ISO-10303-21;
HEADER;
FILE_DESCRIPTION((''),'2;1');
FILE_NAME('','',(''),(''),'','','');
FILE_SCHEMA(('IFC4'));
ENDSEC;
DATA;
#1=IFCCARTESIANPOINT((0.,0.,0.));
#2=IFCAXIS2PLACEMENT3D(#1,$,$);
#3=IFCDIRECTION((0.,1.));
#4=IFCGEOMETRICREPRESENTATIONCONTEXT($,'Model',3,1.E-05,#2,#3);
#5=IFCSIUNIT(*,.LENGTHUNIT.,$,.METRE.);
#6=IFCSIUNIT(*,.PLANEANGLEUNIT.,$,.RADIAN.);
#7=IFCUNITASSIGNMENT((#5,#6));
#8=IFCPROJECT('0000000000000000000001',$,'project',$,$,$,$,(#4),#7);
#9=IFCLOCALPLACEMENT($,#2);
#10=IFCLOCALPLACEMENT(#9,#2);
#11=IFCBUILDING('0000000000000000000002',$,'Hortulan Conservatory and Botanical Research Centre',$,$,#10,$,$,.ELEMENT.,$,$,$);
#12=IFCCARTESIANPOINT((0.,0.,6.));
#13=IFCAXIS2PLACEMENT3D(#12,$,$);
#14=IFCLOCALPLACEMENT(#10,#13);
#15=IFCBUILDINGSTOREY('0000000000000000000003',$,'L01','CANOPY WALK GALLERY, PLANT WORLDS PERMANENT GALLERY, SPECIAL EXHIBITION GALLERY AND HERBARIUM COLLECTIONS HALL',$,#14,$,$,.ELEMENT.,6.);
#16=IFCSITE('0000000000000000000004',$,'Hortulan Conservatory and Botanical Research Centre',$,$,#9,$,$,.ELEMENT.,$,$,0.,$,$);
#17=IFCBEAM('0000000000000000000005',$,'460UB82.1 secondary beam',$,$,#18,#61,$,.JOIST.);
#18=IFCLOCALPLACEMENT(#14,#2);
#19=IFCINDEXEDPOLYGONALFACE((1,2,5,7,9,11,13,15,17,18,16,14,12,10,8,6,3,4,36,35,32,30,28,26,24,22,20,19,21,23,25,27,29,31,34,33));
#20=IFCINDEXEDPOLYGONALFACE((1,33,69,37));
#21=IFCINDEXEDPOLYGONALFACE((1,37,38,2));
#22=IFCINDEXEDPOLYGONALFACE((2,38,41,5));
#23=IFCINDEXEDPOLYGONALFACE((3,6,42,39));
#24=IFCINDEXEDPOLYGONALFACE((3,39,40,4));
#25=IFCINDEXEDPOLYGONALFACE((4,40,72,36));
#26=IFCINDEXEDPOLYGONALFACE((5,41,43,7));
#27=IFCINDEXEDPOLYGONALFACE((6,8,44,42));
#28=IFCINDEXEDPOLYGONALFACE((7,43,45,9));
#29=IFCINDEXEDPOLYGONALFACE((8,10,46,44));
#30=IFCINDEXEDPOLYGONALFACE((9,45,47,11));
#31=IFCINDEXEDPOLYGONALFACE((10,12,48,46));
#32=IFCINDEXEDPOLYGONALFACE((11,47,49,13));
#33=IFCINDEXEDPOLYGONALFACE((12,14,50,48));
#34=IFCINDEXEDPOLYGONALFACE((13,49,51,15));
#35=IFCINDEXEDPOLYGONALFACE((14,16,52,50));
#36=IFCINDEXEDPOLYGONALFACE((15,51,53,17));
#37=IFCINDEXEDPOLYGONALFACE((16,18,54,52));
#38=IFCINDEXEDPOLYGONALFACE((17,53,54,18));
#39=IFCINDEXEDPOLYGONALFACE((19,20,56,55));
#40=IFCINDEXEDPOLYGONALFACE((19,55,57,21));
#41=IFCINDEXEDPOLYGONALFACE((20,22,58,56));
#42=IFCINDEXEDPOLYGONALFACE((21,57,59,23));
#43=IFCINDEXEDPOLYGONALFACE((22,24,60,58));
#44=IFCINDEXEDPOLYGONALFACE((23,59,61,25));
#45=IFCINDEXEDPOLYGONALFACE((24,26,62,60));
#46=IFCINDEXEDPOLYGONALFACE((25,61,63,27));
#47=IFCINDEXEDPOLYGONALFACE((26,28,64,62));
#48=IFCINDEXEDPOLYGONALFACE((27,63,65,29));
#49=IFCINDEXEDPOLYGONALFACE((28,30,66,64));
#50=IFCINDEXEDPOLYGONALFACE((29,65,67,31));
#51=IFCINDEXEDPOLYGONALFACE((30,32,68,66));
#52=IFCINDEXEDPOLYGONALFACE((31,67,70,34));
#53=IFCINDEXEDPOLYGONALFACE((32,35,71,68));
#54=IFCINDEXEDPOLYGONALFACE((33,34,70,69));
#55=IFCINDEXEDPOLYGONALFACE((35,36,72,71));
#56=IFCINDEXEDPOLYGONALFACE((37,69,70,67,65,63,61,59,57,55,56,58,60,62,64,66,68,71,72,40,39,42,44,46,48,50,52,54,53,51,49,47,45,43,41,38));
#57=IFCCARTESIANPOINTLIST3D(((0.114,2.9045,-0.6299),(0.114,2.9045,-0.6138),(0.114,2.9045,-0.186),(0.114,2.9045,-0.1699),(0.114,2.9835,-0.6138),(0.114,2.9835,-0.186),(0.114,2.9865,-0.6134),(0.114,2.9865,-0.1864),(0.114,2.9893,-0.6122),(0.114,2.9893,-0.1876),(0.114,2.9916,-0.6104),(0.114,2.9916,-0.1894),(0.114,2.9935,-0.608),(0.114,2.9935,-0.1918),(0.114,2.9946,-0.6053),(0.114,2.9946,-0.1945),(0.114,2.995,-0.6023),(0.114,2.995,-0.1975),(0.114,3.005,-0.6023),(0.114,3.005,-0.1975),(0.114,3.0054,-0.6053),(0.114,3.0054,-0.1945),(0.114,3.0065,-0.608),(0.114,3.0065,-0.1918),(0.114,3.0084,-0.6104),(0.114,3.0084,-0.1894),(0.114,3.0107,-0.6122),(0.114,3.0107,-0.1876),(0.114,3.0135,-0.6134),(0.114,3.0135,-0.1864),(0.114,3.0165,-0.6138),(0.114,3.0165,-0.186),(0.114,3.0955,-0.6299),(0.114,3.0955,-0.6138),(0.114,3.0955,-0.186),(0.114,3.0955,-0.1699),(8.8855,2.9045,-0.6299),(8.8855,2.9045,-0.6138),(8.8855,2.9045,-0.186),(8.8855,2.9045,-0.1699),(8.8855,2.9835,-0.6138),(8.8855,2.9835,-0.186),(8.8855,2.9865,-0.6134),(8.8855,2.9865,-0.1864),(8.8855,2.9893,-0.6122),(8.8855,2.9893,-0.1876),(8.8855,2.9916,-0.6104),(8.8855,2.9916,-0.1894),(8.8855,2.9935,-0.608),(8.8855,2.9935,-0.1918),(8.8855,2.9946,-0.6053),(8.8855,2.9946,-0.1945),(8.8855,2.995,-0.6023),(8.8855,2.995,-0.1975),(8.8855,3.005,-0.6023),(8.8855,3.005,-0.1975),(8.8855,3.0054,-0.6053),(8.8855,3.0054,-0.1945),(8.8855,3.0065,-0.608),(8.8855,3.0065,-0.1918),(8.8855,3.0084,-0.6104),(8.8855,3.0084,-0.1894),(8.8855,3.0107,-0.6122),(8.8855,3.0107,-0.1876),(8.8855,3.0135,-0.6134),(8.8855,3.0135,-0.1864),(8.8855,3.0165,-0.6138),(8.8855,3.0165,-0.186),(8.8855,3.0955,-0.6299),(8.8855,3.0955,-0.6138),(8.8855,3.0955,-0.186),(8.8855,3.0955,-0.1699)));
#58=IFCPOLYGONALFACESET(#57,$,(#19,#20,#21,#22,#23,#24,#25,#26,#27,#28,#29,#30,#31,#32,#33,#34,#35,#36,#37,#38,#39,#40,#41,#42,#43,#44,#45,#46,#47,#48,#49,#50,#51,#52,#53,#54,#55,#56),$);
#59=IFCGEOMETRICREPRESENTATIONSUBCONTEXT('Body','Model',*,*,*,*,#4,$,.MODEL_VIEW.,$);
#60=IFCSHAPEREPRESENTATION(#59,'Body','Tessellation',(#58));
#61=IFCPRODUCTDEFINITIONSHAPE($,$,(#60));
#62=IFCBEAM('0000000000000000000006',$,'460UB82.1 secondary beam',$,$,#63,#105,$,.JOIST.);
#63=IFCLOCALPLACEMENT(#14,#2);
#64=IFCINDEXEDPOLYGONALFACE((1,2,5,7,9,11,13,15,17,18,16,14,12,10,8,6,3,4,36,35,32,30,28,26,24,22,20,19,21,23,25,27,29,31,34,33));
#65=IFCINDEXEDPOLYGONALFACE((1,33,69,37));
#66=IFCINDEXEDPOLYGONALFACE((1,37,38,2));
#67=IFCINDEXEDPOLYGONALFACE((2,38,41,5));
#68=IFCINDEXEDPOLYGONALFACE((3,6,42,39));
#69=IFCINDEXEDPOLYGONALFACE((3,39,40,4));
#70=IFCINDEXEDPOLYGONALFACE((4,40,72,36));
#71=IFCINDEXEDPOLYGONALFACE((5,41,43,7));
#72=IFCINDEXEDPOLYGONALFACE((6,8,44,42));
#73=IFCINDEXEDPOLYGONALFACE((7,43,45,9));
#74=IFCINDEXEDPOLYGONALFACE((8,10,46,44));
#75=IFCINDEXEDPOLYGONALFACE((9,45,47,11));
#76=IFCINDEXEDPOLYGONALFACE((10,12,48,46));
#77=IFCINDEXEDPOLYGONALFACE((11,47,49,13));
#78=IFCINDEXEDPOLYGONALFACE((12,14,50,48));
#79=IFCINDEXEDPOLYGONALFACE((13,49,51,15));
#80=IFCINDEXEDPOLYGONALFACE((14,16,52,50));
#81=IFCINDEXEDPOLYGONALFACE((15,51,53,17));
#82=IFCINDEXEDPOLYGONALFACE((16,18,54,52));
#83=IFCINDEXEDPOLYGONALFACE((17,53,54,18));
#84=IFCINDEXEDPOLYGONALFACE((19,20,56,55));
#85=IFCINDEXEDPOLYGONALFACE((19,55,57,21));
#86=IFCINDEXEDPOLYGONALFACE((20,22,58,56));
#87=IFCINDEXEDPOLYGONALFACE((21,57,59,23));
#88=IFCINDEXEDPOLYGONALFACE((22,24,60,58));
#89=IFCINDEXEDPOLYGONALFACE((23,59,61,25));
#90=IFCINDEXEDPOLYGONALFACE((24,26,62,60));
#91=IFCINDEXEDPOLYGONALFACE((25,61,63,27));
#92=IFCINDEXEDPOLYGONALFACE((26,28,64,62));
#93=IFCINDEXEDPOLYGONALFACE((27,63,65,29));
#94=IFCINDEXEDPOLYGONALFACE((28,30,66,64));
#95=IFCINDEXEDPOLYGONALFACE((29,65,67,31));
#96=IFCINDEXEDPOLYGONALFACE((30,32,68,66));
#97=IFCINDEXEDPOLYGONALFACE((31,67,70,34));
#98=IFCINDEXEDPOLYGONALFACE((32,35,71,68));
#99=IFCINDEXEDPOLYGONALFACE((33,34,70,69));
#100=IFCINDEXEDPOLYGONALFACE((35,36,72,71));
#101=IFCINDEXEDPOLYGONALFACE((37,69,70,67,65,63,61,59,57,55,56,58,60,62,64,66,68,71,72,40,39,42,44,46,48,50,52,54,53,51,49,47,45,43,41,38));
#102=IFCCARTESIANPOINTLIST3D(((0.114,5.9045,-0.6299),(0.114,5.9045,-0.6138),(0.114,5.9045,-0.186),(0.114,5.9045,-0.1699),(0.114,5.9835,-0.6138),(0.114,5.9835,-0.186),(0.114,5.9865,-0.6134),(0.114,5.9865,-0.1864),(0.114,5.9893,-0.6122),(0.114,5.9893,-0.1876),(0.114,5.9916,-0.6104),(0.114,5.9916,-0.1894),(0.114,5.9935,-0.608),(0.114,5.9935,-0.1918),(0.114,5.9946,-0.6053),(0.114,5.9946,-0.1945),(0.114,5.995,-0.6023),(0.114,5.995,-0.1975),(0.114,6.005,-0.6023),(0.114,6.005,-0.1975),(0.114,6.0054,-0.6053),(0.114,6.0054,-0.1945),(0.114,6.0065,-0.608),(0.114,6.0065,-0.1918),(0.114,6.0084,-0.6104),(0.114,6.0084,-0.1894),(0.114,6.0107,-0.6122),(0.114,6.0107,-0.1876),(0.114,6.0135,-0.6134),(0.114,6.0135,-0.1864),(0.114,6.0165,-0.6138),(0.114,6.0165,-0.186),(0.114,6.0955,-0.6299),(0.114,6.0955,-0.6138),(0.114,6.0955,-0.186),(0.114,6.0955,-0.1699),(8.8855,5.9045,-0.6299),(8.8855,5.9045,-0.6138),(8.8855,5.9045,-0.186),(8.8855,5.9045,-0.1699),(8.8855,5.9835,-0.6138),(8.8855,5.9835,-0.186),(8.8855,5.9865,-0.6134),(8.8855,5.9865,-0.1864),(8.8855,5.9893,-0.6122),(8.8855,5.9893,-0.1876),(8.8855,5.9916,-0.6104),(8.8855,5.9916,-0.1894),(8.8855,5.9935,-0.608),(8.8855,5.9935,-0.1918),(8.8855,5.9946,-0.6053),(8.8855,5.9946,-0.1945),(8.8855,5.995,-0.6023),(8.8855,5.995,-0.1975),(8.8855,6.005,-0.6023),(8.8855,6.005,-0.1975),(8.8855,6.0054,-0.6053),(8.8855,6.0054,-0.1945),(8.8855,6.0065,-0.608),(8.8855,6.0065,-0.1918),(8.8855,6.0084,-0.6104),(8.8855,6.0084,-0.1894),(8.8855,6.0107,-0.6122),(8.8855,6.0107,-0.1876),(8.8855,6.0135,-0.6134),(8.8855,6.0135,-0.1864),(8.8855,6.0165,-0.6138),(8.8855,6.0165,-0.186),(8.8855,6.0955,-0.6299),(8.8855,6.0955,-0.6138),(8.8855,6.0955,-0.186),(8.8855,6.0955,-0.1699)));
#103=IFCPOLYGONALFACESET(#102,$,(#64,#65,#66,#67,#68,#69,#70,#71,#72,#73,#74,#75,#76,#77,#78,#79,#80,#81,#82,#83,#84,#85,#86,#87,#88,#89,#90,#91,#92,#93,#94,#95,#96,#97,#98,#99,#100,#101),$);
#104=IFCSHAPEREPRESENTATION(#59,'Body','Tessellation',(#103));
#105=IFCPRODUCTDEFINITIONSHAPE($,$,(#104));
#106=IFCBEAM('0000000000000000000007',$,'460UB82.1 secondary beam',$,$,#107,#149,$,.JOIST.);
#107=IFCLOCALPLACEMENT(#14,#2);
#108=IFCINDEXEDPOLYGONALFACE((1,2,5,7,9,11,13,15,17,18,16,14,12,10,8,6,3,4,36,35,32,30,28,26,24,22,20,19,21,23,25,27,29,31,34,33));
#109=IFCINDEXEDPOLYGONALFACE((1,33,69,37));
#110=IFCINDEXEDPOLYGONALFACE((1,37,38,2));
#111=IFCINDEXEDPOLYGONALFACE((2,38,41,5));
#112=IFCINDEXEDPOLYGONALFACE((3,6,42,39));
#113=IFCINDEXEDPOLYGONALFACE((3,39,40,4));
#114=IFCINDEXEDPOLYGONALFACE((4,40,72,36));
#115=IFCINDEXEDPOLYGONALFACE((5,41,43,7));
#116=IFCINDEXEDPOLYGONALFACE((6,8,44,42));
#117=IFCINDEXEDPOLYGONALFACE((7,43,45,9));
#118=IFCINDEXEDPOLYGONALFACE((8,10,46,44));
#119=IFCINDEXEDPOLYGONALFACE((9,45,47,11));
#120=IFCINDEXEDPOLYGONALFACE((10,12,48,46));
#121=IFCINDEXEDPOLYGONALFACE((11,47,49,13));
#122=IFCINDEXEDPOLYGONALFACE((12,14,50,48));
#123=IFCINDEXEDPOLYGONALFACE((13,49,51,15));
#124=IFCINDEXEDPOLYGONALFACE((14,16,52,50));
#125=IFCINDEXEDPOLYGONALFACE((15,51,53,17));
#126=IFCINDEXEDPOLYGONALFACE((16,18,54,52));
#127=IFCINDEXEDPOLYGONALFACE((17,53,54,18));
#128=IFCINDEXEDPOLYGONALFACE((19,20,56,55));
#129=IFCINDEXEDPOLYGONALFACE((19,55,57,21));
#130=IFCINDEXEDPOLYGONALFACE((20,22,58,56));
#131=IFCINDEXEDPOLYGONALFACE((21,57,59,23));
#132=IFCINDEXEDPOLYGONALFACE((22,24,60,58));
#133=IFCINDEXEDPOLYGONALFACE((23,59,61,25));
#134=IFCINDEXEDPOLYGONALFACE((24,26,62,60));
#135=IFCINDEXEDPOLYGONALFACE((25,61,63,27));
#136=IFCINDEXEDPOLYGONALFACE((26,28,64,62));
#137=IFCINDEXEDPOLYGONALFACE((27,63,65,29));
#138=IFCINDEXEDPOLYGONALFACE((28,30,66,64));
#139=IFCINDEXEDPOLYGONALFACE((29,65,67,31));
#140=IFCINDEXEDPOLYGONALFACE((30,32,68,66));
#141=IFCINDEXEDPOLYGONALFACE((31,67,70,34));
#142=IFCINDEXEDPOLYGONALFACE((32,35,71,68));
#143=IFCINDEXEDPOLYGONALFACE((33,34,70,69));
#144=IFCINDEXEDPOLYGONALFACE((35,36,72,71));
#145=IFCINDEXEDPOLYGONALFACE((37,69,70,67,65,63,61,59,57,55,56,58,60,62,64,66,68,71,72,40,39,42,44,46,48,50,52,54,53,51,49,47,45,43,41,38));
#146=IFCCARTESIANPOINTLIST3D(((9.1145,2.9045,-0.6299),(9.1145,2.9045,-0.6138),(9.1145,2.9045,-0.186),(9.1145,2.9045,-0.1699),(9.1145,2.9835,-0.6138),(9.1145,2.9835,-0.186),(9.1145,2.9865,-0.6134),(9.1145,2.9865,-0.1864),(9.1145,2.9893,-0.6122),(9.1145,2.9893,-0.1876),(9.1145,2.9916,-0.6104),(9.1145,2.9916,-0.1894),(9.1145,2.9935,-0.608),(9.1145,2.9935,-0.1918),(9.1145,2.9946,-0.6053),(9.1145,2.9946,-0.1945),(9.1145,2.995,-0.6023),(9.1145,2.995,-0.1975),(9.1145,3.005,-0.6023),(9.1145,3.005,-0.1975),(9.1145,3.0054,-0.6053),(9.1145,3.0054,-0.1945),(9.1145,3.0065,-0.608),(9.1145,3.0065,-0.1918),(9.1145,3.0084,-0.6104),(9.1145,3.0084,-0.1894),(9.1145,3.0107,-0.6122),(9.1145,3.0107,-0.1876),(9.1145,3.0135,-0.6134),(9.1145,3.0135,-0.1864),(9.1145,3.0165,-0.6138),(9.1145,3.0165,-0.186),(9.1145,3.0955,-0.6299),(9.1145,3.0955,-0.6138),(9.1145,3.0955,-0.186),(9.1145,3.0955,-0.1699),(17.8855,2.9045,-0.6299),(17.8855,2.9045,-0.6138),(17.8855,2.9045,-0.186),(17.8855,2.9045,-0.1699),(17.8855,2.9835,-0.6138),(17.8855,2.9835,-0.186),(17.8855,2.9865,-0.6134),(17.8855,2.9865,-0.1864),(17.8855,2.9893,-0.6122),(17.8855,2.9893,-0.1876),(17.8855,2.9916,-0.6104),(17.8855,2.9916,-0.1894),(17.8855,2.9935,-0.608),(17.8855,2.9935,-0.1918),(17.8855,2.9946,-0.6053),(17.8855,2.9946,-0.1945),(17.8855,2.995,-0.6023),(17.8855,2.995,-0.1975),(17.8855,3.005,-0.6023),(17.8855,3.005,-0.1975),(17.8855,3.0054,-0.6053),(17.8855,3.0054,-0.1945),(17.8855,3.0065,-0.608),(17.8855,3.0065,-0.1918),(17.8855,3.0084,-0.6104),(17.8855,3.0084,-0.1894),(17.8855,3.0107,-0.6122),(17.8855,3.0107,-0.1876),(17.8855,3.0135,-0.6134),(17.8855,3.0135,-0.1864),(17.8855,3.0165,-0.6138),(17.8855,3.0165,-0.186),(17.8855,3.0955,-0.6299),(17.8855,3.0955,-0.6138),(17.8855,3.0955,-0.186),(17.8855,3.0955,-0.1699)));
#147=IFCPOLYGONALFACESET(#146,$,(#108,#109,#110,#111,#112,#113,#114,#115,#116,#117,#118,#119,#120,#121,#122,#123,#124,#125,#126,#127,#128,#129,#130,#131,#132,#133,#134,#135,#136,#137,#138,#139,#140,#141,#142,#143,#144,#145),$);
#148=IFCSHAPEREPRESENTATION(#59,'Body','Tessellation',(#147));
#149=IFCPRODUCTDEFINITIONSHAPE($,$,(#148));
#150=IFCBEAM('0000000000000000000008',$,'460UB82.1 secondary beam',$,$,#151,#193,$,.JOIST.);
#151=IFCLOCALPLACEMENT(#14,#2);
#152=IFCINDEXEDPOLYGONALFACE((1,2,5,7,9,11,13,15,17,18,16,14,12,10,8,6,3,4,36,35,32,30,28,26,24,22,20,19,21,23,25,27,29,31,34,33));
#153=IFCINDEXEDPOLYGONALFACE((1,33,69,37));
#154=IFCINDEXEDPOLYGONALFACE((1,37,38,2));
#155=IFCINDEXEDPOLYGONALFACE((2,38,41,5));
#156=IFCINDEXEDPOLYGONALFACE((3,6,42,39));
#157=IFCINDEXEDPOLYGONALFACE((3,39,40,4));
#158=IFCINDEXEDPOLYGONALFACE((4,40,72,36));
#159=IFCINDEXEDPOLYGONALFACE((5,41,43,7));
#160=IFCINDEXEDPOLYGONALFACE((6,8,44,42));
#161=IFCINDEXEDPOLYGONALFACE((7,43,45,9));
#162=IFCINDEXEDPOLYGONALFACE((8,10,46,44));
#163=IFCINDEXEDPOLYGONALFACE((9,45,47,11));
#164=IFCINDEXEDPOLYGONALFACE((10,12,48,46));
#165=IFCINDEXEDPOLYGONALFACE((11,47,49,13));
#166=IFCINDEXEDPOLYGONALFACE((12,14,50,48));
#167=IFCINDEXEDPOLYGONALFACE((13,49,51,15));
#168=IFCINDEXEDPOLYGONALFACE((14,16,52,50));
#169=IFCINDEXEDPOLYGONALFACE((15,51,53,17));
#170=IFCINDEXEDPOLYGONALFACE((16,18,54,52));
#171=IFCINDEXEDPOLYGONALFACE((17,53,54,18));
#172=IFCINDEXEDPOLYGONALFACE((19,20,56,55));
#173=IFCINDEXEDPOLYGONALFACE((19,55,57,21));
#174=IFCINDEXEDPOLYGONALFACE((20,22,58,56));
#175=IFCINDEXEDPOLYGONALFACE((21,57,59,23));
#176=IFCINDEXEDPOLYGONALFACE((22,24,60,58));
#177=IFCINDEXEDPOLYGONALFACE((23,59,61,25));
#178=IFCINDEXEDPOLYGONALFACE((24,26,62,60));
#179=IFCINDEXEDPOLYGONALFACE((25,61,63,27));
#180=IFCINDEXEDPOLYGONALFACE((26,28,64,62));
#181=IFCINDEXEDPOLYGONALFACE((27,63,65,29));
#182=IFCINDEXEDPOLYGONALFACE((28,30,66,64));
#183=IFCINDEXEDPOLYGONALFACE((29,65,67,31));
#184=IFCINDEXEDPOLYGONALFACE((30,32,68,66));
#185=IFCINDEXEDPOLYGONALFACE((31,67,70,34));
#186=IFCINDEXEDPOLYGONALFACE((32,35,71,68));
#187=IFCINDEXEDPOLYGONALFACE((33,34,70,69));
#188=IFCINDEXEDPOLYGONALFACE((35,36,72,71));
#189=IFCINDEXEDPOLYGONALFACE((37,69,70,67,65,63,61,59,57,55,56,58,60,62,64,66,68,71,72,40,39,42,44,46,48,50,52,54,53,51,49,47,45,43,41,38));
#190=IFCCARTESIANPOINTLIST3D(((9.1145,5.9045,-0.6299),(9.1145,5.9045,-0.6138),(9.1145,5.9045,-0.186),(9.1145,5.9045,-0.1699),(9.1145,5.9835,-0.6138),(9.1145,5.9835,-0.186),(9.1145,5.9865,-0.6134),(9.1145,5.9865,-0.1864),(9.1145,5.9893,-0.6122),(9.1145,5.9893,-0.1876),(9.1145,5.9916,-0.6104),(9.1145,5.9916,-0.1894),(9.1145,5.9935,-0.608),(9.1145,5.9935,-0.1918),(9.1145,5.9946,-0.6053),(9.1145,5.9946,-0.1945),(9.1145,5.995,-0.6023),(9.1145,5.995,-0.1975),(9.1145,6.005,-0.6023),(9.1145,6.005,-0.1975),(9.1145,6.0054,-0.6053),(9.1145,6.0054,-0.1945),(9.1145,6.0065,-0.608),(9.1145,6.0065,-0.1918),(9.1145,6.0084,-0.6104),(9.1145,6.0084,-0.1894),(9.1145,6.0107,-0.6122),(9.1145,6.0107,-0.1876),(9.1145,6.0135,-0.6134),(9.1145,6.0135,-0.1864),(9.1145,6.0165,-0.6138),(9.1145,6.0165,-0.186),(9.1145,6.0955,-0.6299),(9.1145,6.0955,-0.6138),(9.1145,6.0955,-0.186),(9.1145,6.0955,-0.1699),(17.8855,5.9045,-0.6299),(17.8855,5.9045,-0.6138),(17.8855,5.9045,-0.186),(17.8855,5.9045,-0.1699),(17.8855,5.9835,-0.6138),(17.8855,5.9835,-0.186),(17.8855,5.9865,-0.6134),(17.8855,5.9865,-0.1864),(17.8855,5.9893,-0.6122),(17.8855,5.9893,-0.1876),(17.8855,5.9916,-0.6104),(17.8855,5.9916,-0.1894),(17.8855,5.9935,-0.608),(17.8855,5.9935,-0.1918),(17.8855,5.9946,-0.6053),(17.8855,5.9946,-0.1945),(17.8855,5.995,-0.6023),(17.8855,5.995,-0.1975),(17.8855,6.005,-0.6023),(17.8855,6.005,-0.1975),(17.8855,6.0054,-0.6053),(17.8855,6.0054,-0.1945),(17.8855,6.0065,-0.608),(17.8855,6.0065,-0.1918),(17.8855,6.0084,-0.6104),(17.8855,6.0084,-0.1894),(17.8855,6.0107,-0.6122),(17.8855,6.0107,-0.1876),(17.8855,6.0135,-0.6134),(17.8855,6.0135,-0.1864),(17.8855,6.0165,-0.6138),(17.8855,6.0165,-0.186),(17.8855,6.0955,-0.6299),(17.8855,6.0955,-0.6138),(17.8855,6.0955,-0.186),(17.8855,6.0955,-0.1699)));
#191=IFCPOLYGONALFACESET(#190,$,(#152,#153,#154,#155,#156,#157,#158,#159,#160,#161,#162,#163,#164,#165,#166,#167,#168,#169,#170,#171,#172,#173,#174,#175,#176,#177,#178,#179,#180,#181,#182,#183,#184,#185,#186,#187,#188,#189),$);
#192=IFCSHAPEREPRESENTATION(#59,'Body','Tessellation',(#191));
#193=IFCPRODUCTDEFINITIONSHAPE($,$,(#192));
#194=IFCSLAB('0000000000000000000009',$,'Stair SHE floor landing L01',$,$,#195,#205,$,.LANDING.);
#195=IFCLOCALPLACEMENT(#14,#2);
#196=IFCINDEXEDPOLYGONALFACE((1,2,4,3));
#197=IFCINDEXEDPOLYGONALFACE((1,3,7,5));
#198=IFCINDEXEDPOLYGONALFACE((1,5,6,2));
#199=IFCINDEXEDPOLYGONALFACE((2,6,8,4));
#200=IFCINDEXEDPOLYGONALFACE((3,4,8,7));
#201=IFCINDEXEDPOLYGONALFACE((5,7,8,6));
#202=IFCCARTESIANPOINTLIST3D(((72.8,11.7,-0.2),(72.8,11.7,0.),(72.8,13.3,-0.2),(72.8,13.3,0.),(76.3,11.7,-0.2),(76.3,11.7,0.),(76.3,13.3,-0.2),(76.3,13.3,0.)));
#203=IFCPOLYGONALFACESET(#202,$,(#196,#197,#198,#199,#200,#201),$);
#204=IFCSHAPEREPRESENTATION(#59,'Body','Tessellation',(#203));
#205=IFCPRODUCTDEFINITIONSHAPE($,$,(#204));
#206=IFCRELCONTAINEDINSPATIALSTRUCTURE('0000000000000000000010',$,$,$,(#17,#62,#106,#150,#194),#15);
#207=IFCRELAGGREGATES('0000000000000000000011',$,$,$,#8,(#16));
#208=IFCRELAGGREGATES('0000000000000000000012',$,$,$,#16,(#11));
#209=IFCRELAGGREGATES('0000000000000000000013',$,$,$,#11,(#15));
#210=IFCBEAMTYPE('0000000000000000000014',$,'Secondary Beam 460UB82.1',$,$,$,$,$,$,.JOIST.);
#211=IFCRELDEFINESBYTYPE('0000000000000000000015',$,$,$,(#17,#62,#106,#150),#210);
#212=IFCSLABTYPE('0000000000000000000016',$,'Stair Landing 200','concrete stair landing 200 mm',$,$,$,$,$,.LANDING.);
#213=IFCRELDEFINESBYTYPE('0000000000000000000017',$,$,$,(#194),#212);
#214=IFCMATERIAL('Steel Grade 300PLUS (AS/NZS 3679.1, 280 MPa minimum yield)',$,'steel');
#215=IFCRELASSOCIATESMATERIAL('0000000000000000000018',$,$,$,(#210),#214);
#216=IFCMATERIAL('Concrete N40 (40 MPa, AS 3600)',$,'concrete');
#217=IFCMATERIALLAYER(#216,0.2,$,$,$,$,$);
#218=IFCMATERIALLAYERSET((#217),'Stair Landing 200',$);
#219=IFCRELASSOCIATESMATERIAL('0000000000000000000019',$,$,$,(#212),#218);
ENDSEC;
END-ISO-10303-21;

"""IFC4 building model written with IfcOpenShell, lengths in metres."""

from ifc_helpers import new_model, si_unit, direction, frame, origin, origin_2d, place, context, subcontext, project, spatial, polyline, i_section, outline, extrude, material, layer, layer_set, material_profile, profile_set, type_object, element, save


model = new_model("IFC4")

# Units and contexts
model_context = context("Model", 3, precision=1e-05, world=origin(), true_north=direction((0.0, 1.0)))
body_context = subcontext(model_context, "Body", "Model", "MODEL_VIEW")
ifc_project = project(units=[si_unit("LENGTHUNIT", "METRE"), si_unit("PLANEANGLEUNIT", "RADIAN")], contexts=[model_context])

# Site, building, storey
site_placement = place(None, origin())
site = spatial("IfcSite", under=ifc_project, at=site_placement, Name="Hortulan Conservatory and Botanical Research Centre", CompositionType="ELEMENT", RefElevation=0.0)
building_placement = place(site_placement, origin())
building = spatial("IfcBuilding", under=site, at=building_placement, Name="Hortulan Conservatory and Botanical Research Centre", CompositionType="ELEMENT")
storey_placement = place(building_placement, frame((0.0, 0.0, 6.0)))
storey = spatial("IfcBuildingStorey", under=building, at=storey_placement, Name="L01", Description="CANOPY WALK GALLERY, PLANT WORLDS PERMANENT GALLERY, SPECIAL EXHIBITION GALLERY AND HERBARIUM COLLECTIONS HALL", CompositionType="ELEMENT", Elevation=6.0)

# Beams
ifc_material_1 = material(Name="Steel Grade 300PLUS (AS/NZS 3679.1, 280 MPa minimum yield)", Category="steel")
ifc_material_profile_1 = material_profile(ifc_material_1, i_section(OverallWidth=0.1909, OverallDepth=0.46, WebThickness=0.01, FlangeThickness=0.0161, FilletRadius=0.0115, at=origin_2d()), Name="460UB82.1")
ifc_profile_set_1 = profile_set([ifc_material_profile_1], Name="Steel Grade 300PLUS (AS/NZS 3679.1, 280 MPa minimum yield)")
beam_type_1 = type_object("IfcBeamType", Name="Secondary Beam 460UB82.1", PredefinedType="JOIST", material=ifc_profile_set_1)
for number, where, z_axis, x_axis, name in (
    (1, (0.114, 3.0, -0.3999), (1.0, 0.0, 0.0), (0.0, 1.0, 0.0), "460UB82.1 secondary beam"),
    (2, (0.114, 6.0, -0.3999), (1.0, 0.0, 0.0), (0.0, 1.0, 0.0), "460UB82.1 secondary beam"),
):
    element("IfcBeam", number, at=place(storey_placement, frame(where, z_axis=z_axis, x_axis=x_axis)), inside=storey, type_object=beam_type_1, Name=name, PredefinedType="JOIST", context=body_context, shape_type="SweptSolid", body=[
        extrude(i_section(OverallWidth=0.1909, OverallDepth=0.46, WebThickness=0.01, FlangeThickness=0.0161, FilletRadius=0.0115, at=origin_2d()), origin(), (0.0, 0.0, 1.0), 8.7715),
    ])
for number, where, z_axis, x_axis, name in (
    (3, (9.1145, 3.0, -0.3999), (1.0, 0.0, 0.0), (0.0, 1.0, 0.0), "460UB82.1 secondary beam"),
    (4, (9.1145, 6.0, -0.3999), (1.0, 0.0, 0.0), (0.0, 1.0, 0.0), "460UB82.1 secondary beam"),
):
    element("IfcBeam", number, at=place(storey_placement, frame(where, z_axis=z_axis, x_axis=x_axis)), inside=storey, type_object=beam_type_1, Name=name, PredefinedType="JOIST", context=body_context, shape_type="SweptSolid", body=[
        extrude(i_section(OverallWidth=0.1909, OverallDepth=0.46, WebThickness=0.01, FlangeThickness=0.0161, FilletRadius=0.0115, at=origin_2d()), origin(), (0.0, 0.0, 1.0), 8.771),
    ])

# Slab
ifc_material_2 = material(Name="Concrete N40 (40 MPa, AS 3600)", Category="concrete")
ifc_layer_1 = layer(ifc_material_2, 0.2)
ifc_layer_set_1 = layer_set([ifc_layer_1], Name="Stair Landing 200")
slab_type = type_object("IfcSlabType", Name="Stair Landing 200", Description="concrete stair landing 200 mm", PredefinedType="LANDING", material=ifc_layer_set_1)
slab_placement = place(storey_placement, frame((0.0, 0.0, -0.2)))
element("IfcSlab", 5, at=slab_placement, inside=storey, type_object=slab_type, Name="Stair SHE floor landing L01", PredefinedType="LANDING", context=body_context, shape_type="SweptSolid", body=[
    extrude(outline(polyline([(76.3, 13.3), (76.3, 11.7), (72.8, 11.7), (72.8, 13.3), (76.3, 13.3)])), origin(), (0.0, 0.0, 1.0), 0.2),
])

save(model, "model.ifc")
